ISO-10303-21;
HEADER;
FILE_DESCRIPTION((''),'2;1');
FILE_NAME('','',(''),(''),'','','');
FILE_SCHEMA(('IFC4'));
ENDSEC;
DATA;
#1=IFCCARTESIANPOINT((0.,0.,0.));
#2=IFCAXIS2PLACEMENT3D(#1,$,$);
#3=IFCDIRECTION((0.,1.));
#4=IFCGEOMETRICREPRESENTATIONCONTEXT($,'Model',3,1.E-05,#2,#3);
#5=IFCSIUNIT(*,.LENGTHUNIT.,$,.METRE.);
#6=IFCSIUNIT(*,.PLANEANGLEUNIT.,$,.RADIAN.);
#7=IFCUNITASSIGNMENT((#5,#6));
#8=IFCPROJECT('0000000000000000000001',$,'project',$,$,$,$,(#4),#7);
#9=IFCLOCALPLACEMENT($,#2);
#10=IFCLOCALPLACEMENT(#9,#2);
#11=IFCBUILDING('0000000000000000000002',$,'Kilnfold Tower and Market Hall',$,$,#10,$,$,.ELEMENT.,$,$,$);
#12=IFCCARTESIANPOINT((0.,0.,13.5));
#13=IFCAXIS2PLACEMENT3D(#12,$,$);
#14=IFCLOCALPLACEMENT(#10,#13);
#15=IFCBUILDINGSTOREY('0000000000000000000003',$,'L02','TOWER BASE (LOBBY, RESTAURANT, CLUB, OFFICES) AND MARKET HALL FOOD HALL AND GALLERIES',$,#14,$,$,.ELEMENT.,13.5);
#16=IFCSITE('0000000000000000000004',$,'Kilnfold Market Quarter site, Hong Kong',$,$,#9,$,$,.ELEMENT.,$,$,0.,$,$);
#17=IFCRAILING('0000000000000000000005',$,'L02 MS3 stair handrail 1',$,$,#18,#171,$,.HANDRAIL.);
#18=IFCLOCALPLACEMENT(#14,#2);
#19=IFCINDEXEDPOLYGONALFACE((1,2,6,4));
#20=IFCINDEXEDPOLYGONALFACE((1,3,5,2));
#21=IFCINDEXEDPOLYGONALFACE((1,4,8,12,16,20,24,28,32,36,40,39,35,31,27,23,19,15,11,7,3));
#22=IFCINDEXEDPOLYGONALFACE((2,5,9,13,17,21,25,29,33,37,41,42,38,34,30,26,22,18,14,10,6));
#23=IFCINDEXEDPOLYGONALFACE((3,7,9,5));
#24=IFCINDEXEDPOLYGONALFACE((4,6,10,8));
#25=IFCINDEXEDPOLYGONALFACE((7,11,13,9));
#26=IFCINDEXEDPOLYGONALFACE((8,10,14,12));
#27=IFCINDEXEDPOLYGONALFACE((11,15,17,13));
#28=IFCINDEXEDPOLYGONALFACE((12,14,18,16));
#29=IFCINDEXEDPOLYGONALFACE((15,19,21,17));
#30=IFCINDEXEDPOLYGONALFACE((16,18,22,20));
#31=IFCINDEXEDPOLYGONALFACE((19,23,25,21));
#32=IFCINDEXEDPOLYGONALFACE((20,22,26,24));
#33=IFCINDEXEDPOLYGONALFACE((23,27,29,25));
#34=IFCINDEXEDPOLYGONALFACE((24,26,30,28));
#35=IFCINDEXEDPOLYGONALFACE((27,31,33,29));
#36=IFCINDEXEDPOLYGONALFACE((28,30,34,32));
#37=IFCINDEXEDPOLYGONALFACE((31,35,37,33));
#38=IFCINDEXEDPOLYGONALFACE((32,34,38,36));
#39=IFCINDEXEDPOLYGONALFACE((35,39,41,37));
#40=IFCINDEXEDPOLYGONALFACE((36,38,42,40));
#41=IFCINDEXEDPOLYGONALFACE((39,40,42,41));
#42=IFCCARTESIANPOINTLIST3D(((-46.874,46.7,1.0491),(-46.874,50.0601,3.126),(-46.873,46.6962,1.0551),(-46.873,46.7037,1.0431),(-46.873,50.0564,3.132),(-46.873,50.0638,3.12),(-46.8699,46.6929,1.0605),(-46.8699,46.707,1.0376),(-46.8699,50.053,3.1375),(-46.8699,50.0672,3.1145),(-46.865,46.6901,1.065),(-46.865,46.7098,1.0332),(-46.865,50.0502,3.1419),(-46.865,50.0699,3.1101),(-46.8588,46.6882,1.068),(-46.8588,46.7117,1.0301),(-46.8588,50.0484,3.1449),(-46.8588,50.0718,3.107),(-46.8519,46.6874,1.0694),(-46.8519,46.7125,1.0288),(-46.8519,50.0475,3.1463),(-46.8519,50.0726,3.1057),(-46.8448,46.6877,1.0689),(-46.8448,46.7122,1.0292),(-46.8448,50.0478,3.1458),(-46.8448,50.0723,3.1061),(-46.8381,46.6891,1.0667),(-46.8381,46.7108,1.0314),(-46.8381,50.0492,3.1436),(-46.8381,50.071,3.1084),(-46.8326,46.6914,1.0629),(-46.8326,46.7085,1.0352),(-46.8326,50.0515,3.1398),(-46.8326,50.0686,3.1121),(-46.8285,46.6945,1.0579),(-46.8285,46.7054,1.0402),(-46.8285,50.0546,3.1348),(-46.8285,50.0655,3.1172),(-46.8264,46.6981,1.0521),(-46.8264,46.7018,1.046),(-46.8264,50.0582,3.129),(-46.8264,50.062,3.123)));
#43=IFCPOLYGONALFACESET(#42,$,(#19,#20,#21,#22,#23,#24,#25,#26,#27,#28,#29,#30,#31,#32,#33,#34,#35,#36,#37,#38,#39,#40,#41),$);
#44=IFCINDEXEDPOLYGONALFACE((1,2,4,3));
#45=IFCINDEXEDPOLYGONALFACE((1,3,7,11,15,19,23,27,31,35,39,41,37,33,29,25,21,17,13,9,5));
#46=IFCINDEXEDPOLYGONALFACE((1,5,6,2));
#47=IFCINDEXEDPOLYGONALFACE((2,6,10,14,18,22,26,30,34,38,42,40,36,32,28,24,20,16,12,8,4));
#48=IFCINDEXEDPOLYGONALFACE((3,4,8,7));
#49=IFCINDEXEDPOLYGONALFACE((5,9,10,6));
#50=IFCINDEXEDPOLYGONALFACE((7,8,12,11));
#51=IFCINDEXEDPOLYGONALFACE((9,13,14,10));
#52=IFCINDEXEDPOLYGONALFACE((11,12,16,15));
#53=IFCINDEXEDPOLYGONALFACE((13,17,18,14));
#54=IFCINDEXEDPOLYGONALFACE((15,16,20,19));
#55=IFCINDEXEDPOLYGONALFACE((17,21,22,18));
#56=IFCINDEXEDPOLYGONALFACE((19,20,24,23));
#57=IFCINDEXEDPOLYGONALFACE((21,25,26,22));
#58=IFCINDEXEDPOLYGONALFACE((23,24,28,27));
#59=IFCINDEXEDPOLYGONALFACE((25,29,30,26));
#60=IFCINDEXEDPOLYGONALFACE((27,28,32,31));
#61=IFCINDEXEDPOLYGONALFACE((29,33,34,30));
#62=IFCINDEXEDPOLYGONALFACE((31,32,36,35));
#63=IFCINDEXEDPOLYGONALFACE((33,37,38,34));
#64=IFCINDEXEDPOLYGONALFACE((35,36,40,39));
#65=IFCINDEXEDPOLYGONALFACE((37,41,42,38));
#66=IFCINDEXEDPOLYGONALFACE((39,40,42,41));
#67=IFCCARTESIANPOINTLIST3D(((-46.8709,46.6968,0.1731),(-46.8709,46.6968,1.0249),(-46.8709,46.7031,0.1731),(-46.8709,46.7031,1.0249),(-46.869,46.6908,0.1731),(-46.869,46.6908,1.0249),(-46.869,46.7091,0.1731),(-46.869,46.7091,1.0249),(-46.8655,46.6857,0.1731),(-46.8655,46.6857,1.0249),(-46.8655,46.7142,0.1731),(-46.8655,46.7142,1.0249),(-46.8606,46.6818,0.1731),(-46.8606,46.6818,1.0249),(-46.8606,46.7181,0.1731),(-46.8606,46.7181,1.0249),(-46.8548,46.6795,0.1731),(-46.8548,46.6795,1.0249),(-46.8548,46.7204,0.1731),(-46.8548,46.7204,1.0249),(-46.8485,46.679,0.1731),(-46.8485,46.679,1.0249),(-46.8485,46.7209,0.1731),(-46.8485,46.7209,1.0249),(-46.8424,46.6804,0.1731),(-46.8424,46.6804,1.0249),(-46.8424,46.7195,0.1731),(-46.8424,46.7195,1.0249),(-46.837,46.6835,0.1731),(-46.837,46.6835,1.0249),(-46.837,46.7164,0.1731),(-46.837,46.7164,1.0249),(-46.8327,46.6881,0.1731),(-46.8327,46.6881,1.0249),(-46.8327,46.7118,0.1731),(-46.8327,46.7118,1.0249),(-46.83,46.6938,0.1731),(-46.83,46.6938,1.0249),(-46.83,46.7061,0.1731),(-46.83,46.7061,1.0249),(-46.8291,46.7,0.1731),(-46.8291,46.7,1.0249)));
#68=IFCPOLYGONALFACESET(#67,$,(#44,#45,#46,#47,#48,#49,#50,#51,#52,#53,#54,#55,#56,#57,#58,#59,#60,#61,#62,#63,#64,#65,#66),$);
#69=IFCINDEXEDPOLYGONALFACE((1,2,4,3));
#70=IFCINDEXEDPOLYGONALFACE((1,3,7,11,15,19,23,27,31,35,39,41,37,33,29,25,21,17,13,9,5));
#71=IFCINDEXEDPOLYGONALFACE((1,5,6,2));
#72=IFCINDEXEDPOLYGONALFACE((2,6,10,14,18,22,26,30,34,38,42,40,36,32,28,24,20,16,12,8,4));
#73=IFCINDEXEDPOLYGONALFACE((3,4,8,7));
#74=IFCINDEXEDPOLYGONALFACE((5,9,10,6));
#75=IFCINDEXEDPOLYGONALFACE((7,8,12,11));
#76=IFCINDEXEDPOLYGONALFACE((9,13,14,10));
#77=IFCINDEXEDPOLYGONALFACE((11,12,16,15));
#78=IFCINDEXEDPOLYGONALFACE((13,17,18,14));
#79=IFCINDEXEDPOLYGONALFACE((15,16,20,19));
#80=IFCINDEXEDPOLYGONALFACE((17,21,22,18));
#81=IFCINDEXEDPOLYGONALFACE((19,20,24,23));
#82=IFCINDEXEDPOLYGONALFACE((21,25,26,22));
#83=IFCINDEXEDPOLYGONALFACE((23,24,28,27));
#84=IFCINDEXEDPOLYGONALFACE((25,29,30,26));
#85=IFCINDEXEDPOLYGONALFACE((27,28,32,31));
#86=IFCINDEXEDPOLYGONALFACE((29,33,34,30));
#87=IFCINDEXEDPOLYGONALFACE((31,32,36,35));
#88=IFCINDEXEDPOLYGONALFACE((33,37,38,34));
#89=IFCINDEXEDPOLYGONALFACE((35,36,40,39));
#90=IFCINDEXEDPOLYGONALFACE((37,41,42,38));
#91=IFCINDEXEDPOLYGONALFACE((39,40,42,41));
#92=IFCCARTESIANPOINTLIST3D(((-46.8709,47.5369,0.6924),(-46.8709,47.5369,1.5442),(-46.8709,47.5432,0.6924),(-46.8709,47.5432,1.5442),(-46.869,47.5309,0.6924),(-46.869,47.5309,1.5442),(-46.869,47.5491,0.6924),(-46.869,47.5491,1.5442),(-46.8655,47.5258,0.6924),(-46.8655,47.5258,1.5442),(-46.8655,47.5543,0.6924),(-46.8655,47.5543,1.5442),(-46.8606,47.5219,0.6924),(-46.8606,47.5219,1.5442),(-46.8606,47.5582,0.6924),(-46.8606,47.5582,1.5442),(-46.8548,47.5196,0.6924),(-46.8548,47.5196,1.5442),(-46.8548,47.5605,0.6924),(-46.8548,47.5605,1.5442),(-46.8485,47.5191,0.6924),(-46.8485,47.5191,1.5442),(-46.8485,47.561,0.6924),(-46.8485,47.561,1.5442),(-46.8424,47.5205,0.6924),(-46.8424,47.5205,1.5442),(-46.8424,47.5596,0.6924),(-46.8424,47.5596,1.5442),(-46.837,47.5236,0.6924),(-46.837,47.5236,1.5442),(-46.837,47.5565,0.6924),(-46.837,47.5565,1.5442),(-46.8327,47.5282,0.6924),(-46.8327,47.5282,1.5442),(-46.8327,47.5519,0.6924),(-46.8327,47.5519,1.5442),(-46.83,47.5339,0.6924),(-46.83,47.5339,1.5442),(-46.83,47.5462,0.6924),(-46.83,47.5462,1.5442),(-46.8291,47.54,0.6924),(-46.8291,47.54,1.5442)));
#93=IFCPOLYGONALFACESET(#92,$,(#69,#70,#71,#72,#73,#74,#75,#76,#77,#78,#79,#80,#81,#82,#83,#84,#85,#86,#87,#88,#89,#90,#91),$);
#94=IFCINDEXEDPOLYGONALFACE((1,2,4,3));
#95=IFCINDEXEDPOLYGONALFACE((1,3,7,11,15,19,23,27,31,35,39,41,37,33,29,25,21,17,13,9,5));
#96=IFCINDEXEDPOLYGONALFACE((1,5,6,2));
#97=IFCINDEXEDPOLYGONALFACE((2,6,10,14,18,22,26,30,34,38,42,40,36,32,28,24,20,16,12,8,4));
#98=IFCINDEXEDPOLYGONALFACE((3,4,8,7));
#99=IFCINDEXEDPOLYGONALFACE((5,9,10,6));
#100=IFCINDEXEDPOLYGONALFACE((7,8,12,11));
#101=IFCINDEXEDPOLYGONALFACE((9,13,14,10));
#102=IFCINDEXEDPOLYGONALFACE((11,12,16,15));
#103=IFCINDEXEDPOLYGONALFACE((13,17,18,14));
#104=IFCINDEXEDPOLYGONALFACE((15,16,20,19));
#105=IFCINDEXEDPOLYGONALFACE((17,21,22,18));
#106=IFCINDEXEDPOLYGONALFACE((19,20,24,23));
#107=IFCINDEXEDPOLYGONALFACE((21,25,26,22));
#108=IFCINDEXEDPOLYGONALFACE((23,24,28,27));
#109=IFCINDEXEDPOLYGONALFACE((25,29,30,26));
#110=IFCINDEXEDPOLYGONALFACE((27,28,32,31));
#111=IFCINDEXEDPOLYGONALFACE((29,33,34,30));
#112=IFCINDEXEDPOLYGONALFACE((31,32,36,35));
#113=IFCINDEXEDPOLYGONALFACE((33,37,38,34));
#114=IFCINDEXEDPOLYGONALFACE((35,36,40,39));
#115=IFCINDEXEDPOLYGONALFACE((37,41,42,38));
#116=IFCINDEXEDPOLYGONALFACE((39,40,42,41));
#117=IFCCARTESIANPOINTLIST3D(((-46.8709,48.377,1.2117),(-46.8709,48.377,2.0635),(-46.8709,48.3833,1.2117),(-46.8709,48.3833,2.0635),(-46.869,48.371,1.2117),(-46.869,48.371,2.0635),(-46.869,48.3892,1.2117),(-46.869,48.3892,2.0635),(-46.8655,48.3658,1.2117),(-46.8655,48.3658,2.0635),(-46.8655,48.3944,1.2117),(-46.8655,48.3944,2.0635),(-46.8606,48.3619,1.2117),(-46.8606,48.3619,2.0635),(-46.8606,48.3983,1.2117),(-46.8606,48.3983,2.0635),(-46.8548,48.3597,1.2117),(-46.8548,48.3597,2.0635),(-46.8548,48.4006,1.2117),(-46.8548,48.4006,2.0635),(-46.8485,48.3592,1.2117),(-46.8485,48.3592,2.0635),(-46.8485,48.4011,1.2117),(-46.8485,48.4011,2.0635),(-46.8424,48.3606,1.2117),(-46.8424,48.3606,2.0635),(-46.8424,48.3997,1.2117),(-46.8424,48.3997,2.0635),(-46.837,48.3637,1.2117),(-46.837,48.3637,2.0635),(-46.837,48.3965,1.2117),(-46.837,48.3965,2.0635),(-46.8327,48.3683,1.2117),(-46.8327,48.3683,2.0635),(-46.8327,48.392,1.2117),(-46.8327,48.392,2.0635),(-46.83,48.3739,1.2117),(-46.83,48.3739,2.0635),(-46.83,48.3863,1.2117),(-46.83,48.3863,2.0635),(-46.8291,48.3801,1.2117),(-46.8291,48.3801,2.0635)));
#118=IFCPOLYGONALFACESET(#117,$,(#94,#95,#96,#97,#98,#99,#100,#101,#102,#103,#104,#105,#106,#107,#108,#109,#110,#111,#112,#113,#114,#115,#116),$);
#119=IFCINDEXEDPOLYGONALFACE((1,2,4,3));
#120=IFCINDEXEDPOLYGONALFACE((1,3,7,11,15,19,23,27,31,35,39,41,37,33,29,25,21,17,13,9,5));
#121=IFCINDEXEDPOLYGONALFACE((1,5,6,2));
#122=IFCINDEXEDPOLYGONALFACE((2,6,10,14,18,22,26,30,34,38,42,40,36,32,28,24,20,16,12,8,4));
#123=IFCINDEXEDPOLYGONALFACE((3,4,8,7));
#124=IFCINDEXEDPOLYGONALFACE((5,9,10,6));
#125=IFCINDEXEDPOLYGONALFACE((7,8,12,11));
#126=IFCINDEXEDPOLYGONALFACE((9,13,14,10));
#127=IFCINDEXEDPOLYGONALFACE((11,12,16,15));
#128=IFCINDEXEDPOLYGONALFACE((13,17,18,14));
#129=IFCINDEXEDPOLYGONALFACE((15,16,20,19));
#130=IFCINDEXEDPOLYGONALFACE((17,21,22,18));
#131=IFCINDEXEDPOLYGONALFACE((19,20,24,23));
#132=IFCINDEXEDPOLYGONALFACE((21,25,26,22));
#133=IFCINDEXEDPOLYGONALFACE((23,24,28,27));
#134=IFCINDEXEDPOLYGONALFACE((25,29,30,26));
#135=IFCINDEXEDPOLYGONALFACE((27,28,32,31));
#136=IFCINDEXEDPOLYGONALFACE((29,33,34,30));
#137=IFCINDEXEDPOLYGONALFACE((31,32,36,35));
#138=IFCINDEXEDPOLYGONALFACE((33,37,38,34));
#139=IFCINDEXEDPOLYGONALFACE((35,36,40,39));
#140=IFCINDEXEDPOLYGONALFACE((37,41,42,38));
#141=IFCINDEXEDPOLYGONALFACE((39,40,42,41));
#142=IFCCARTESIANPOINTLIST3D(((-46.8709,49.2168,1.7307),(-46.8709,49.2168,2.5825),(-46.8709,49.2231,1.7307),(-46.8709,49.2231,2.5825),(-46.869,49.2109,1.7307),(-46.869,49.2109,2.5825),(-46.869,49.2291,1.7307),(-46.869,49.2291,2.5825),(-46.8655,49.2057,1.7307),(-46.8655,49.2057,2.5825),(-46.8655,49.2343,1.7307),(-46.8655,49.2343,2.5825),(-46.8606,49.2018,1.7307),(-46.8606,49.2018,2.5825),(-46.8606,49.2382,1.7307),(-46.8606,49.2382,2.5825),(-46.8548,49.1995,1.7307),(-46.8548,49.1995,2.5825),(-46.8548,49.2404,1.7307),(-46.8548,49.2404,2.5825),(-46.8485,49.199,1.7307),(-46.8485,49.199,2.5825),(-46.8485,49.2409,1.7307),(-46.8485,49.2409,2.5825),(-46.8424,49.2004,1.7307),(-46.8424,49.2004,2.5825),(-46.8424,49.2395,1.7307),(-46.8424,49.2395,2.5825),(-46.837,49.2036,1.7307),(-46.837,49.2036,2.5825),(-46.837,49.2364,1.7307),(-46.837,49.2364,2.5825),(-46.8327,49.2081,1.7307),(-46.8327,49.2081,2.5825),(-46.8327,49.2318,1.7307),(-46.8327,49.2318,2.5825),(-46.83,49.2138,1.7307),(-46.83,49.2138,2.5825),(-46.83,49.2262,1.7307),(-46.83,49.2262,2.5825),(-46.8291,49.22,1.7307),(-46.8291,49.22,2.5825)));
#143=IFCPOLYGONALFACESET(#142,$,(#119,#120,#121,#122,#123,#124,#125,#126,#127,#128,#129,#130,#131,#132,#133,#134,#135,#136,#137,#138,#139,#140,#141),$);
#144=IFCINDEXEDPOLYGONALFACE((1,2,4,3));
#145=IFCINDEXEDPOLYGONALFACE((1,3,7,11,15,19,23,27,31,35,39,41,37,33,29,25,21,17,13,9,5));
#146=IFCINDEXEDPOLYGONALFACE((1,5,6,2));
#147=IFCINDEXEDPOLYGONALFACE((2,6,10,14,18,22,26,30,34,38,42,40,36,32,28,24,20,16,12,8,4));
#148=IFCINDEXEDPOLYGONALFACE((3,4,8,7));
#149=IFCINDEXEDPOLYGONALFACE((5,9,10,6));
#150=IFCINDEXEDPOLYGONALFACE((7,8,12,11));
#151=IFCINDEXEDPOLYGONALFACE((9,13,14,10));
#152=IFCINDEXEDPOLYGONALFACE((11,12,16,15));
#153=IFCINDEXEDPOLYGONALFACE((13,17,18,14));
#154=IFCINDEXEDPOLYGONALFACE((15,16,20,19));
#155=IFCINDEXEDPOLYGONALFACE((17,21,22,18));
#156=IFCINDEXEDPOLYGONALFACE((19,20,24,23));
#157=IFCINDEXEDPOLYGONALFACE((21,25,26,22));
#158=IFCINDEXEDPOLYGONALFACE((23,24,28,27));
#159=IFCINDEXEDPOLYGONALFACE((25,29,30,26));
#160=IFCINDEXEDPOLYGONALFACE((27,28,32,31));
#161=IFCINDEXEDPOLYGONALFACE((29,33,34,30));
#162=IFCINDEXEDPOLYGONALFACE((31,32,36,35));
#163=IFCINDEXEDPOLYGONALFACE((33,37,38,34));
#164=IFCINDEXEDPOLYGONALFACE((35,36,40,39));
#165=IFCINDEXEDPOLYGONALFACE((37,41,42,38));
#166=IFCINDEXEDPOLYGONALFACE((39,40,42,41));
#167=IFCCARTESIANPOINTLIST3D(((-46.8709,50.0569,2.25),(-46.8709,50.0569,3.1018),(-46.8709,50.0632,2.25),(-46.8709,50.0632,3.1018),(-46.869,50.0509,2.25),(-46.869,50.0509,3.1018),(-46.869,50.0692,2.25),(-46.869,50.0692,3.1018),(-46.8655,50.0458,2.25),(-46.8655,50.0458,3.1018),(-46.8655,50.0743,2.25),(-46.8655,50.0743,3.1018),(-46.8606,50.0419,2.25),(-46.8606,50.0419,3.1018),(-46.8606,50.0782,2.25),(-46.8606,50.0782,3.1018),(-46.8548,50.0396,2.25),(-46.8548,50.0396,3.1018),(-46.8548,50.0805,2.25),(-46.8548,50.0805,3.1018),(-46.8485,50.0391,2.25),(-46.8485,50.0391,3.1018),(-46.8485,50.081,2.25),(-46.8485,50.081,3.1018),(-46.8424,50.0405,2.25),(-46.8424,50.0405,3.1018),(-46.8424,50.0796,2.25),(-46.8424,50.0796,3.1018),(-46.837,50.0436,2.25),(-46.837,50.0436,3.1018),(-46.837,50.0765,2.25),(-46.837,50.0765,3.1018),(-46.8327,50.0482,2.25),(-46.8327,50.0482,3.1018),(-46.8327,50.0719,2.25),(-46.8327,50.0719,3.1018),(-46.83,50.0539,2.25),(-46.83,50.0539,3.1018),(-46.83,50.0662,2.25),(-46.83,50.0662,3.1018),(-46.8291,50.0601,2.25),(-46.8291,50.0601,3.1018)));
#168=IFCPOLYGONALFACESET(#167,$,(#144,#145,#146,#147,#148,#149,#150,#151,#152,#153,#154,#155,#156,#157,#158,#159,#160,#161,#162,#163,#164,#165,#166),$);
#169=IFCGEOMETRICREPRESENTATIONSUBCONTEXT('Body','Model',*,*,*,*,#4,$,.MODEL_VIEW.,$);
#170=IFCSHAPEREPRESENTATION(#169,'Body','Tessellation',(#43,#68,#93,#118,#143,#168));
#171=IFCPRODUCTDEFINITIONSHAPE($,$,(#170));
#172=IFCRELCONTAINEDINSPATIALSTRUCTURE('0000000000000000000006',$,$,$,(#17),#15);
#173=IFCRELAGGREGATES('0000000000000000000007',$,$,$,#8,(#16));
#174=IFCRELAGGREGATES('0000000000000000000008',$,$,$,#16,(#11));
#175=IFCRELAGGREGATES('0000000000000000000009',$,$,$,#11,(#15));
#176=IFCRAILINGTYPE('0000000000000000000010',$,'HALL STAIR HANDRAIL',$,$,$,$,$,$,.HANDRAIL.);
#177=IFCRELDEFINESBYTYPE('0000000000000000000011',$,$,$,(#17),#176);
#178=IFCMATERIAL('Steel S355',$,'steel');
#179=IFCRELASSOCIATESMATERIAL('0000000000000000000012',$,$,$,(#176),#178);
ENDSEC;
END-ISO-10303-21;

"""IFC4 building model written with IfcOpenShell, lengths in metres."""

from ifc_helpers import new_model, si_unit, direction, frame, origin, origin_2d, place, context, subcontext, project, spatial, circle, extrude, material, type_object, element, save


model = new_model("IFC4")

# Units and contexts
model_context = context("Model", 3, precision=1e-05, world=origin(), true_north=direction((0.0, 1.0)))
body_context = subcontext(model_context, "Body", "Model", "MODEL_VIEW")
ifc_project = project(units=[si_unit("LENGTHUNIT", "METRE"), si_unit("PLANEANGLEUNIT", "RADIAN")], contexts=[model_context])

# Site, building, storey
site_placement = place(None, origin())
site = spatial("IfcSite", under=ifc_project, at=site_placement, Name="Kilnfold Market Quarter site, Hong Kong", CompositionType="ELEMENT", RefElevation=0.0)
building_placement = place(site_placement, origin())
building = spatial("IfcBuilding", under=site, at=building_placement, Name="Kilnfold Tower and Market Hall", CompositionType="ELEMENT")
storey_placement = place(building_placement, frame((0.0, 0.0, 13.5)))
storey = spatial("IfcBuildingStorey", under=building, at=storey_placement, Name="L02", Description="TOWER BASE (LOBBY, RESTAURANT, CLUB, OFFICES) AND MARKET HALL FOOD HALL AND GALLERIES", CompositionType="ELEMENT", Elevation=13.5)

# Railing
ifc_material_1 = material(Name="Steel S355", Category="steel")
railing_type_1 = type_object("IfcRailingType", Name="HALL STAIR HANDRAIL", PredefinedType="HANDRAIL", material=ifc_material_1)
railing_1_placement = place(storey_placement, frame((-46.8501, 46.7, 0.1731)))
element("IfcRailing", 1, at=railing_1_placement, inside=storey, type_object=railing_type_1, Name="L02 MS3 stair handrail 1", PredefinedType="HANDRAIL", context=body_context, shape_type="SweptSolid", body=[
    extrude(circle(Radius=0.0239, at=origin_2d()), frame((0.0, 0.0, 0.876), z_axis=(0.0, 0.850623, 0.525776), x_axis=(-1.0, 0.0, 0.0)), (0.0, 0.0, 1.0), 3.9502),
    extrude(circle(Radius=0.021, at=origin_2d()), origin(), (0.0, 0.0, 1.0), 0.8518),
    extrude(circle(Radius=0.021, at=origin_2d()), frame((0.0, 0.8401, 0.5193)), (0.0, 0.0, 1.0), 0.8518),
    extrude(circle(Radius=0.021, at=origin_2d()), frame((0.0, 1.6802, 1.0386)), (0.0, 0.0, 1.0), 0.8518),
    extrude(circle(Radius=0.021, at=origin_2d()), frame((0.0, 2.52, 1.5576)), (0.0, 0.0, 1.0), 0.8518),
    extrude(circle(Radius=0.021, at=origin_2d()), frame((0.0, 3.3601, 2.0769)), (0.0, 0.0, 1.0), 0.8518),
])

save(model, "model.ifc")
